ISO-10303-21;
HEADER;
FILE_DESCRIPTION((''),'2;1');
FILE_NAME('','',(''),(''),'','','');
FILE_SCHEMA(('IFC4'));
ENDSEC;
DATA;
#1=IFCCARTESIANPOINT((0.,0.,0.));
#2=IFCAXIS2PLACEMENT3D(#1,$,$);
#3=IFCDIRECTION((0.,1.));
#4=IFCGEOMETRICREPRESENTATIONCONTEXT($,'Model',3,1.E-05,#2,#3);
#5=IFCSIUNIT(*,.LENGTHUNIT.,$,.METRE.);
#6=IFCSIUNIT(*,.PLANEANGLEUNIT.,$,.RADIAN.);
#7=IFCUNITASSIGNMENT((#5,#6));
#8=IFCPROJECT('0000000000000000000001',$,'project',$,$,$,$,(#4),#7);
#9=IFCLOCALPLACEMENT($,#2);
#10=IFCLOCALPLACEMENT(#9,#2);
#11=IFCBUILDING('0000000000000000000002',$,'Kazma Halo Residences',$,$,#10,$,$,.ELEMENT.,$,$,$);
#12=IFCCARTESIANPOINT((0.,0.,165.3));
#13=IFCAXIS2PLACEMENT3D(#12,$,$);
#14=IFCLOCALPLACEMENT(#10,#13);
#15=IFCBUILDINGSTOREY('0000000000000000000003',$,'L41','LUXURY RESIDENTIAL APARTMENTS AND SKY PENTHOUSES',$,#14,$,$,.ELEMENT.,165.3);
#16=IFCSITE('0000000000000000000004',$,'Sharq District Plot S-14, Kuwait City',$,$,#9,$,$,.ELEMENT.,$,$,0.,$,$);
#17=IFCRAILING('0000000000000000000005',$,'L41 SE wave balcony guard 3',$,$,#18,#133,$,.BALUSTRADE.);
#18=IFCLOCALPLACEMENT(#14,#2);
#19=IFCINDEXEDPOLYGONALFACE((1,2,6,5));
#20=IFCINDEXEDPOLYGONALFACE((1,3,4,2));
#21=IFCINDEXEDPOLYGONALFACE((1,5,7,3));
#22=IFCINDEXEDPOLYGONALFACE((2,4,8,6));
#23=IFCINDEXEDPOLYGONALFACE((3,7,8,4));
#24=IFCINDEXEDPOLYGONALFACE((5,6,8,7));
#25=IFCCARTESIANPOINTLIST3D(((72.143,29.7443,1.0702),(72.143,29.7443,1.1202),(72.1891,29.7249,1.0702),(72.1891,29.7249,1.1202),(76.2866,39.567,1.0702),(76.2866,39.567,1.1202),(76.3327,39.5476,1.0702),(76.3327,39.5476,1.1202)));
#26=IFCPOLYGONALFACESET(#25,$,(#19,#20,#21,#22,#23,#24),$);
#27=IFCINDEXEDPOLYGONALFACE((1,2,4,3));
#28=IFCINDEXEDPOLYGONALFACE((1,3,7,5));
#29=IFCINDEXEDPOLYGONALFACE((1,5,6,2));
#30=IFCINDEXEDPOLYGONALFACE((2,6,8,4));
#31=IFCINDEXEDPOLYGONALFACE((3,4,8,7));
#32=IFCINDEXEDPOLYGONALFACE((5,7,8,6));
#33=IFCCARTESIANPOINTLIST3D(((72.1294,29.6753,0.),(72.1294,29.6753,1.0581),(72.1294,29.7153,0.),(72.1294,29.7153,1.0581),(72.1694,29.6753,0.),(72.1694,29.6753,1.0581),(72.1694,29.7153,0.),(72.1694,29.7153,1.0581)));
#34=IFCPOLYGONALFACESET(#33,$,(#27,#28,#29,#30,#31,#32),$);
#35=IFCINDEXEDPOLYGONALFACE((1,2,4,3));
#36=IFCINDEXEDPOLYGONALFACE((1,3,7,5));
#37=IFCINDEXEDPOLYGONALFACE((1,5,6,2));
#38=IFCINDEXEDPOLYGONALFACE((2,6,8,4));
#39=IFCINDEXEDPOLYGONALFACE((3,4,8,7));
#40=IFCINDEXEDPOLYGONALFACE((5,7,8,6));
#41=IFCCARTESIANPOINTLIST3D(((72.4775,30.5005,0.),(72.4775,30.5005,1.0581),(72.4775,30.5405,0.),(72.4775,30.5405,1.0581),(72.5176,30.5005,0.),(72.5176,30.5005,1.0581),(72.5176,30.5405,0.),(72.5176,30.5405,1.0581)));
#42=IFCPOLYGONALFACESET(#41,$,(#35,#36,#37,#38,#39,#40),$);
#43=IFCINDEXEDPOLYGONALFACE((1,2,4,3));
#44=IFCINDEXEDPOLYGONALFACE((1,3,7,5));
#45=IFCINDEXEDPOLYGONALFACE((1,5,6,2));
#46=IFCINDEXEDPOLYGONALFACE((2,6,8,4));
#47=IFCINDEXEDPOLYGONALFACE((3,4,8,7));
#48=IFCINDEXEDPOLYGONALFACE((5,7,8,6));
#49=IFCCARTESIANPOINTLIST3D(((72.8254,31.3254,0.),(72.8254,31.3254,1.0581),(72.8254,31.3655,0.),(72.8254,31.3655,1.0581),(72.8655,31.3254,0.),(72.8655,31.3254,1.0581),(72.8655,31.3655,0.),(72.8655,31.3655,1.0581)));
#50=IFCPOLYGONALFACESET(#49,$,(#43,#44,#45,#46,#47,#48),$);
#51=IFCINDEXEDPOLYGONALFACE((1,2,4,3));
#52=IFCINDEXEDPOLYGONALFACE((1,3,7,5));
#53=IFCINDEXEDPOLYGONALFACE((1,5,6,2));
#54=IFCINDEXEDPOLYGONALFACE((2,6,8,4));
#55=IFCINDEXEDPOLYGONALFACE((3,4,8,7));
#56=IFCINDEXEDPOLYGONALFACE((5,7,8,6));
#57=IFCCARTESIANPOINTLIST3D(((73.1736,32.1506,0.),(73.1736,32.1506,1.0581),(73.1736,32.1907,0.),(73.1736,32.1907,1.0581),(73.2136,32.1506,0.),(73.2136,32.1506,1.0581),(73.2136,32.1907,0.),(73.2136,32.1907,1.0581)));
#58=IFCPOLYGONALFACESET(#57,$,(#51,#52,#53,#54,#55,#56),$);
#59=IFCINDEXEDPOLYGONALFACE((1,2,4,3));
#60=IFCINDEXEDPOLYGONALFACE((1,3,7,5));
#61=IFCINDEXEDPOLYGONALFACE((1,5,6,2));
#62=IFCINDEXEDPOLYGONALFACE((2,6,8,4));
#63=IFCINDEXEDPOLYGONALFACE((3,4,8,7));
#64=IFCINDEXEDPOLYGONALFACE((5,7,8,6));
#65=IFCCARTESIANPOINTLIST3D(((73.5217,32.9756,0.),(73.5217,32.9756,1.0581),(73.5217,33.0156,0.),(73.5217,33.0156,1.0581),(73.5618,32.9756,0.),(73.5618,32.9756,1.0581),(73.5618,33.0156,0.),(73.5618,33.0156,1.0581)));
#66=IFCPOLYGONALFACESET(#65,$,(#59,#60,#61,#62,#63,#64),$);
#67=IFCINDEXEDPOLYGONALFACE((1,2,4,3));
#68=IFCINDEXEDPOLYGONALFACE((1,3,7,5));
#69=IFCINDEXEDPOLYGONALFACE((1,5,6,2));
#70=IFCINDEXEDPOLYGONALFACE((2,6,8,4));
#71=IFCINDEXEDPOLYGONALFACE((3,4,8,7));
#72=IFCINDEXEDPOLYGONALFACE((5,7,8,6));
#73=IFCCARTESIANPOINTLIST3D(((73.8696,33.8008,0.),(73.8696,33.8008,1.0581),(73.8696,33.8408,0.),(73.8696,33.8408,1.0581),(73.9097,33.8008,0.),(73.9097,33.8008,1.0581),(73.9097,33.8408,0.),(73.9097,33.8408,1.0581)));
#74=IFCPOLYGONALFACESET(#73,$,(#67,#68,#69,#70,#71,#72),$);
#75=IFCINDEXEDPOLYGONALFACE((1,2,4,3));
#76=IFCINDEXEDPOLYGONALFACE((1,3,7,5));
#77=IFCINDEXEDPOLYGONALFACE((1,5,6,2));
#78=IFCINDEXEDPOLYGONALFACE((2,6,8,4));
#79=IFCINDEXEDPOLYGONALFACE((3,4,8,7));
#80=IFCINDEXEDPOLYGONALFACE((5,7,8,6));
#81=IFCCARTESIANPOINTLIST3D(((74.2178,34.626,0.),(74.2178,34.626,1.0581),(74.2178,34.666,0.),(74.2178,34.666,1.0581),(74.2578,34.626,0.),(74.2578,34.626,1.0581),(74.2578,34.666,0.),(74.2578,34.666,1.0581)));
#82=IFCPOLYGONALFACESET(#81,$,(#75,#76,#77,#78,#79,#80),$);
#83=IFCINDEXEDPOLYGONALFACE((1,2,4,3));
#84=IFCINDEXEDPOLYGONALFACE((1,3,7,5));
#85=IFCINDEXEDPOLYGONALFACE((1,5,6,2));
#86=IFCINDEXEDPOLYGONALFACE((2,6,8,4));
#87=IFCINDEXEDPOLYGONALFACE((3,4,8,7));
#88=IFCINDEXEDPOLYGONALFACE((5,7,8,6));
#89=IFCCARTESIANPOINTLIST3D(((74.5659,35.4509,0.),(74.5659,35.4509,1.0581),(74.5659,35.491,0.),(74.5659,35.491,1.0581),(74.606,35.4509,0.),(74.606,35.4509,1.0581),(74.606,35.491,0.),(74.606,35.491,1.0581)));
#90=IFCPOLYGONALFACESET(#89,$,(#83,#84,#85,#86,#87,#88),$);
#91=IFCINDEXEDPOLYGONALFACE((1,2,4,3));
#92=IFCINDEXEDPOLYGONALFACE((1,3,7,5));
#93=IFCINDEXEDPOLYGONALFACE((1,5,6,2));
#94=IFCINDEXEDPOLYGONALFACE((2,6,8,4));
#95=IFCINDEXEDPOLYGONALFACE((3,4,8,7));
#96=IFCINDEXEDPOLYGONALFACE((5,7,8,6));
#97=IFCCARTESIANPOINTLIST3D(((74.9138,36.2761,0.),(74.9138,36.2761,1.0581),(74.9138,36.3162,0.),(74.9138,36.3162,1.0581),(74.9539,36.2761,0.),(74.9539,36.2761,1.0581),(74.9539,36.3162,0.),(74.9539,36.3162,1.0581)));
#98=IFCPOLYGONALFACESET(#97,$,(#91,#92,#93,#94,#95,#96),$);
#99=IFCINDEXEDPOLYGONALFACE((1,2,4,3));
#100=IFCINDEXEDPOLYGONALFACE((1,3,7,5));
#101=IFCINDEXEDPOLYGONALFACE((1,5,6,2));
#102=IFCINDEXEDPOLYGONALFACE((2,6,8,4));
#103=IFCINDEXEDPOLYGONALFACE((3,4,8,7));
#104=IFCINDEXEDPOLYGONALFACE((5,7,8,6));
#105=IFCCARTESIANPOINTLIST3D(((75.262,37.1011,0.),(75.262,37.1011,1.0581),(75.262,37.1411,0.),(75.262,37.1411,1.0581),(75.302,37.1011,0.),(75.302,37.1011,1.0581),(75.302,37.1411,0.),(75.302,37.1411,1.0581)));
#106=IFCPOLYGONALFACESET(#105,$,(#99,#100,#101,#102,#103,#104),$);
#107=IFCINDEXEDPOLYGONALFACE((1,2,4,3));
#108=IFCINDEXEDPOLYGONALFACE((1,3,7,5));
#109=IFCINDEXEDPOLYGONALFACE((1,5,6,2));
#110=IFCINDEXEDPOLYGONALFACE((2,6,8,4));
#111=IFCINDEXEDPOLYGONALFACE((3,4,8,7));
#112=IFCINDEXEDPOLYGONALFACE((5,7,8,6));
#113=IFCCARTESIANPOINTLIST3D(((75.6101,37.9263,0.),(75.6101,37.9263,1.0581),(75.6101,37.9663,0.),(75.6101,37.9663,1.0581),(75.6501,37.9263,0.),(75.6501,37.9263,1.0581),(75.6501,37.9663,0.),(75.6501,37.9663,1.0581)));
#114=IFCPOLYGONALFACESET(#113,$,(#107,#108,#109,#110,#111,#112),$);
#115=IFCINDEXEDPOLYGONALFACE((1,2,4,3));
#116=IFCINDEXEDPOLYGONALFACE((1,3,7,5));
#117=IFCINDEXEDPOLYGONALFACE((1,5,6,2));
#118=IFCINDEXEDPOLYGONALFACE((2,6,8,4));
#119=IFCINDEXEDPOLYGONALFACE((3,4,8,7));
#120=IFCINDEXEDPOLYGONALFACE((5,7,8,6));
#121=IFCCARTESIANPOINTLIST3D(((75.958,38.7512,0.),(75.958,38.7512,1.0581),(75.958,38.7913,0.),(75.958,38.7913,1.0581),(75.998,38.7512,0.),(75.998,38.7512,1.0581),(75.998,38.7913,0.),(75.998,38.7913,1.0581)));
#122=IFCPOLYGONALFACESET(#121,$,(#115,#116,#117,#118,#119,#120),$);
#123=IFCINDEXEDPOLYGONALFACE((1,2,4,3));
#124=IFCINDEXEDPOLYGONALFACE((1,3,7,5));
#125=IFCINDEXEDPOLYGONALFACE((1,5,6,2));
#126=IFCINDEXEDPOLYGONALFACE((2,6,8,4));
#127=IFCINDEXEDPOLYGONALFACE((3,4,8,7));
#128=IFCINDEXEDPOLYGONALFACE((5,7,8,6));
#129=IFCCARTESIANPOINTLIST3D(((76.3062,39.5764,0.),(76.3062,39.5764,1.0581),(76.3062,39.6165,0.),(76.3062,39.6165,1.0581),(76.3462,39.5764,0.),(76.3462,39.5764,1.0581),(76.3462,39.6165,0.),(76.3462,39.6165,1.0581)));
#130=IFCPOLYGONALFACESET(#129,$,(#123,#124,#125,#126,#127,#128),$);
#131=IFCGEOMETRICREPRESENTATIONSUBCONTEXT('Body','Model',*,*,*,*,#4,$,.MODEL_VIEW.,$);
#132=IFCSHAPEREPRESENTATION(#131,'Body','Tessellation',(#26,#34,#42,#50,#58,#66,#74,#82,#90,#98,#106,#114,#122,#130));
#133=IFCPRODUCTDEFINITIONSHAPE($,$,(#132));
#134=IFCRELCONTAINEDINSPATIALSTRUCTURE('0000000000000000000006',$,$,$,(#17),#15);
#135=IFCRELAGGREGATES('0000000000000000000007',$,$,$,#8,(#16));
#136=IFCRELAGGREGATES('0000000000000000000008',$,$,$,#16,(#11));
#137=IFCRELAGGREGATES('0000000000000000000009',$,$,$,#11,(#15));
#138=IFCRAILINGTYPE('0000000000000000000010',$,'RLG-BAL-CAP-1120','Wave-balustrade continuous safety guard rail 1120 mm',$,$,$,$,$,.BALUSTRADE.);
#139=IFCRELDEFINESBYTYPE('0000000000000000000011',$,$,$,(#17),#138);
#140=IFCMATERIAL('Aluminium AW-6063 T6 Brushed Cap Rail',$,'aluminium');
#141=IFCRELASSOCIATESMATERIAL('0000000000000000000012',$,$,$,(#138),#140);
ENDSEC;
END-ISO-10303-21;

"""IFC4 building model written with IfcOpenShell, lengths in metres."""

from ifc_helpers import new_model, si_unit, direction, frame, origin, origin_2d, place, context, subcontext, project, spatial, rectangle, extrude, material, type_object, element, save


model = new_model("IFC4")

# Units and contexts
model_context = context("Model", 3, precision=1e-05, world=origin(), true_north=direction((0.0, 1.0)))
body_context = subcontext(model_context, "Body", "Model", "MODEL_VIEW")
ifc_project = project(units=[si_unit("LENGTHUNIT", "METRE"), si_unit("PLANEANGLEUNIT", "RADIAN")], contexts=[model_context])

# Site, building, storey
site_placement = place(None, origin())
site = spatial("IfcSite", under=ifc_project, at=site_placement, Name="Sharq District Plot S-14, Kuwait City", CompositionType="ELEMENT", RefElevation=0.0)
building_placement = place(site_placement, origin())
building = spatial("IfcBuilding", under=site, at=building_placement, Name="Kazma Halo Residences", CompositionType="ELEMENT")
storey_placement = place(building_placement, frame((0.0, 0.0, 165.3)))
storey = spatial("IfcBuildingStorey", under=building, at=storey_placement, Name="L41", Description="LUXURY RESIDENTIAL APARTMENTS AND SKY PENTHOUSES", CompositionType="ELEMENT", Elevation=165.3)

# Railing
ifc_material_1 = material(Name="Aluminium AW-6063 T6 Brushed Cap Rail", Category="aluminium")
railing_type = type_object("IfcRailingType", Name="RLG-BAL-CAP-1120", Description="Wave-balustrade continuous safety guard rail 1120 mm", PredefinedType="BALUSTRADE", material=ifc_material_1)
railing_1_placement = place(storey_placement, frame((72.1494, 29.6953, 0.0)))
element("IfcRailing", 1, at=railing_1_placement, inside=storey, type_object=railing_type, Name="L41 SE wave balcony guard 3", PredefinedType="BALUSTRADE", context=body_context, shape_type="SweptSolid", body=[
    extrude(rectangle(XDim=0.05, YDim=0.05, at=origin_2d()), frame((0.0166, 0.0393, 1.0952), z_axis=(0.388679, 0.921373, 0.0), x_axis=(-0.921373, 0.388679, 0.0)), (0.0, 0.0, 1.0), 10.6609),
    extrude(rectangle(XDim=0.04, YDim=0.04, at=origin_2d()), origin(), (0.0, 0.0, 1.0), 1.0581),
    extrude(rectangle(XDim=0.04, YDim=0.04, at=origin_2d()), frame((0.3481, 0.8252, 0.0)), (0.0, 0.0, 1.0), 1.0581),
    extrude(rectangle(XDim=0.04, YDim=0.04, at=origin_2d()), frame((0.696, 1.6501, 0.0)), (0.0, 0.0, 1.0), 1.0581),
    extrude(rectangle(XDim=0.04, YDim=0.04, at=origin_2d()), frame((1.0442, 2.4753, 0.0)), (0.0, 0.0, 1.0), 1.0581),
    extrude(rectangle(XDim=0.04, YDim=0.04, at=origin_2d()), frame((1.3923, 3.3003, 0.0)), (0.0, 0.0, 1.0), 1.0581),
    extrude(rectangle(XDim=0.04, YDim=0.04, at=origin_2d()), frame((1.7402, 4.1255, 0.0)), (0.0, 0.0, 1.0), 1.0581),
    extrude(rectangle(XDim=0.04, YDim=0.04, at=origin_2d()), frame((2.0884, 4.9507, 0.0)), (0.0, 0.0, 1.0), 1.0581),
    extrude(rectangle(XDim=0.04, YDim=0.04, at=origin_2d()), frame((2.4365, 5.7756, 0.0)), (0.0, 0.0, 1.0), 1.0581),
    extrude(rectangle(XDim=0.04, YDim=0.04, at=origin_2d()), frame((2.7844, 6.6008, 0.0)), (0.0, 0.0, 1.0), 1.0581),
    extrude(rectangle(XDim=0.04, YDim=0.04, at=origin_2d()), frame((3.1326, 7.4258, 0.0)), (0.0, 0.0, 1.0), 1.0581),
    extrude(rectangle(XDim=0.04, YDim=0.04, at=origin_2d()), frame((3.4807, 8.251, 0.0)), (0.0, 0.0, 1.0), 1.0581),
    extrude(rectangle(XDim=0.04, YDim=0.04, at=origin_2d()), frame((3.8286, 9.0759, 0.0)), (0.0, 0.0, 1.0), 1.0581),
    extrude(rectangle(XDim=0.04, YDim=0.04, at=origin_2d()), frame((4.1768, 9.9011, 0.0)), (0.0, 0.0, 1.0), 1.0581),
])

save(model, "model.ifc")
